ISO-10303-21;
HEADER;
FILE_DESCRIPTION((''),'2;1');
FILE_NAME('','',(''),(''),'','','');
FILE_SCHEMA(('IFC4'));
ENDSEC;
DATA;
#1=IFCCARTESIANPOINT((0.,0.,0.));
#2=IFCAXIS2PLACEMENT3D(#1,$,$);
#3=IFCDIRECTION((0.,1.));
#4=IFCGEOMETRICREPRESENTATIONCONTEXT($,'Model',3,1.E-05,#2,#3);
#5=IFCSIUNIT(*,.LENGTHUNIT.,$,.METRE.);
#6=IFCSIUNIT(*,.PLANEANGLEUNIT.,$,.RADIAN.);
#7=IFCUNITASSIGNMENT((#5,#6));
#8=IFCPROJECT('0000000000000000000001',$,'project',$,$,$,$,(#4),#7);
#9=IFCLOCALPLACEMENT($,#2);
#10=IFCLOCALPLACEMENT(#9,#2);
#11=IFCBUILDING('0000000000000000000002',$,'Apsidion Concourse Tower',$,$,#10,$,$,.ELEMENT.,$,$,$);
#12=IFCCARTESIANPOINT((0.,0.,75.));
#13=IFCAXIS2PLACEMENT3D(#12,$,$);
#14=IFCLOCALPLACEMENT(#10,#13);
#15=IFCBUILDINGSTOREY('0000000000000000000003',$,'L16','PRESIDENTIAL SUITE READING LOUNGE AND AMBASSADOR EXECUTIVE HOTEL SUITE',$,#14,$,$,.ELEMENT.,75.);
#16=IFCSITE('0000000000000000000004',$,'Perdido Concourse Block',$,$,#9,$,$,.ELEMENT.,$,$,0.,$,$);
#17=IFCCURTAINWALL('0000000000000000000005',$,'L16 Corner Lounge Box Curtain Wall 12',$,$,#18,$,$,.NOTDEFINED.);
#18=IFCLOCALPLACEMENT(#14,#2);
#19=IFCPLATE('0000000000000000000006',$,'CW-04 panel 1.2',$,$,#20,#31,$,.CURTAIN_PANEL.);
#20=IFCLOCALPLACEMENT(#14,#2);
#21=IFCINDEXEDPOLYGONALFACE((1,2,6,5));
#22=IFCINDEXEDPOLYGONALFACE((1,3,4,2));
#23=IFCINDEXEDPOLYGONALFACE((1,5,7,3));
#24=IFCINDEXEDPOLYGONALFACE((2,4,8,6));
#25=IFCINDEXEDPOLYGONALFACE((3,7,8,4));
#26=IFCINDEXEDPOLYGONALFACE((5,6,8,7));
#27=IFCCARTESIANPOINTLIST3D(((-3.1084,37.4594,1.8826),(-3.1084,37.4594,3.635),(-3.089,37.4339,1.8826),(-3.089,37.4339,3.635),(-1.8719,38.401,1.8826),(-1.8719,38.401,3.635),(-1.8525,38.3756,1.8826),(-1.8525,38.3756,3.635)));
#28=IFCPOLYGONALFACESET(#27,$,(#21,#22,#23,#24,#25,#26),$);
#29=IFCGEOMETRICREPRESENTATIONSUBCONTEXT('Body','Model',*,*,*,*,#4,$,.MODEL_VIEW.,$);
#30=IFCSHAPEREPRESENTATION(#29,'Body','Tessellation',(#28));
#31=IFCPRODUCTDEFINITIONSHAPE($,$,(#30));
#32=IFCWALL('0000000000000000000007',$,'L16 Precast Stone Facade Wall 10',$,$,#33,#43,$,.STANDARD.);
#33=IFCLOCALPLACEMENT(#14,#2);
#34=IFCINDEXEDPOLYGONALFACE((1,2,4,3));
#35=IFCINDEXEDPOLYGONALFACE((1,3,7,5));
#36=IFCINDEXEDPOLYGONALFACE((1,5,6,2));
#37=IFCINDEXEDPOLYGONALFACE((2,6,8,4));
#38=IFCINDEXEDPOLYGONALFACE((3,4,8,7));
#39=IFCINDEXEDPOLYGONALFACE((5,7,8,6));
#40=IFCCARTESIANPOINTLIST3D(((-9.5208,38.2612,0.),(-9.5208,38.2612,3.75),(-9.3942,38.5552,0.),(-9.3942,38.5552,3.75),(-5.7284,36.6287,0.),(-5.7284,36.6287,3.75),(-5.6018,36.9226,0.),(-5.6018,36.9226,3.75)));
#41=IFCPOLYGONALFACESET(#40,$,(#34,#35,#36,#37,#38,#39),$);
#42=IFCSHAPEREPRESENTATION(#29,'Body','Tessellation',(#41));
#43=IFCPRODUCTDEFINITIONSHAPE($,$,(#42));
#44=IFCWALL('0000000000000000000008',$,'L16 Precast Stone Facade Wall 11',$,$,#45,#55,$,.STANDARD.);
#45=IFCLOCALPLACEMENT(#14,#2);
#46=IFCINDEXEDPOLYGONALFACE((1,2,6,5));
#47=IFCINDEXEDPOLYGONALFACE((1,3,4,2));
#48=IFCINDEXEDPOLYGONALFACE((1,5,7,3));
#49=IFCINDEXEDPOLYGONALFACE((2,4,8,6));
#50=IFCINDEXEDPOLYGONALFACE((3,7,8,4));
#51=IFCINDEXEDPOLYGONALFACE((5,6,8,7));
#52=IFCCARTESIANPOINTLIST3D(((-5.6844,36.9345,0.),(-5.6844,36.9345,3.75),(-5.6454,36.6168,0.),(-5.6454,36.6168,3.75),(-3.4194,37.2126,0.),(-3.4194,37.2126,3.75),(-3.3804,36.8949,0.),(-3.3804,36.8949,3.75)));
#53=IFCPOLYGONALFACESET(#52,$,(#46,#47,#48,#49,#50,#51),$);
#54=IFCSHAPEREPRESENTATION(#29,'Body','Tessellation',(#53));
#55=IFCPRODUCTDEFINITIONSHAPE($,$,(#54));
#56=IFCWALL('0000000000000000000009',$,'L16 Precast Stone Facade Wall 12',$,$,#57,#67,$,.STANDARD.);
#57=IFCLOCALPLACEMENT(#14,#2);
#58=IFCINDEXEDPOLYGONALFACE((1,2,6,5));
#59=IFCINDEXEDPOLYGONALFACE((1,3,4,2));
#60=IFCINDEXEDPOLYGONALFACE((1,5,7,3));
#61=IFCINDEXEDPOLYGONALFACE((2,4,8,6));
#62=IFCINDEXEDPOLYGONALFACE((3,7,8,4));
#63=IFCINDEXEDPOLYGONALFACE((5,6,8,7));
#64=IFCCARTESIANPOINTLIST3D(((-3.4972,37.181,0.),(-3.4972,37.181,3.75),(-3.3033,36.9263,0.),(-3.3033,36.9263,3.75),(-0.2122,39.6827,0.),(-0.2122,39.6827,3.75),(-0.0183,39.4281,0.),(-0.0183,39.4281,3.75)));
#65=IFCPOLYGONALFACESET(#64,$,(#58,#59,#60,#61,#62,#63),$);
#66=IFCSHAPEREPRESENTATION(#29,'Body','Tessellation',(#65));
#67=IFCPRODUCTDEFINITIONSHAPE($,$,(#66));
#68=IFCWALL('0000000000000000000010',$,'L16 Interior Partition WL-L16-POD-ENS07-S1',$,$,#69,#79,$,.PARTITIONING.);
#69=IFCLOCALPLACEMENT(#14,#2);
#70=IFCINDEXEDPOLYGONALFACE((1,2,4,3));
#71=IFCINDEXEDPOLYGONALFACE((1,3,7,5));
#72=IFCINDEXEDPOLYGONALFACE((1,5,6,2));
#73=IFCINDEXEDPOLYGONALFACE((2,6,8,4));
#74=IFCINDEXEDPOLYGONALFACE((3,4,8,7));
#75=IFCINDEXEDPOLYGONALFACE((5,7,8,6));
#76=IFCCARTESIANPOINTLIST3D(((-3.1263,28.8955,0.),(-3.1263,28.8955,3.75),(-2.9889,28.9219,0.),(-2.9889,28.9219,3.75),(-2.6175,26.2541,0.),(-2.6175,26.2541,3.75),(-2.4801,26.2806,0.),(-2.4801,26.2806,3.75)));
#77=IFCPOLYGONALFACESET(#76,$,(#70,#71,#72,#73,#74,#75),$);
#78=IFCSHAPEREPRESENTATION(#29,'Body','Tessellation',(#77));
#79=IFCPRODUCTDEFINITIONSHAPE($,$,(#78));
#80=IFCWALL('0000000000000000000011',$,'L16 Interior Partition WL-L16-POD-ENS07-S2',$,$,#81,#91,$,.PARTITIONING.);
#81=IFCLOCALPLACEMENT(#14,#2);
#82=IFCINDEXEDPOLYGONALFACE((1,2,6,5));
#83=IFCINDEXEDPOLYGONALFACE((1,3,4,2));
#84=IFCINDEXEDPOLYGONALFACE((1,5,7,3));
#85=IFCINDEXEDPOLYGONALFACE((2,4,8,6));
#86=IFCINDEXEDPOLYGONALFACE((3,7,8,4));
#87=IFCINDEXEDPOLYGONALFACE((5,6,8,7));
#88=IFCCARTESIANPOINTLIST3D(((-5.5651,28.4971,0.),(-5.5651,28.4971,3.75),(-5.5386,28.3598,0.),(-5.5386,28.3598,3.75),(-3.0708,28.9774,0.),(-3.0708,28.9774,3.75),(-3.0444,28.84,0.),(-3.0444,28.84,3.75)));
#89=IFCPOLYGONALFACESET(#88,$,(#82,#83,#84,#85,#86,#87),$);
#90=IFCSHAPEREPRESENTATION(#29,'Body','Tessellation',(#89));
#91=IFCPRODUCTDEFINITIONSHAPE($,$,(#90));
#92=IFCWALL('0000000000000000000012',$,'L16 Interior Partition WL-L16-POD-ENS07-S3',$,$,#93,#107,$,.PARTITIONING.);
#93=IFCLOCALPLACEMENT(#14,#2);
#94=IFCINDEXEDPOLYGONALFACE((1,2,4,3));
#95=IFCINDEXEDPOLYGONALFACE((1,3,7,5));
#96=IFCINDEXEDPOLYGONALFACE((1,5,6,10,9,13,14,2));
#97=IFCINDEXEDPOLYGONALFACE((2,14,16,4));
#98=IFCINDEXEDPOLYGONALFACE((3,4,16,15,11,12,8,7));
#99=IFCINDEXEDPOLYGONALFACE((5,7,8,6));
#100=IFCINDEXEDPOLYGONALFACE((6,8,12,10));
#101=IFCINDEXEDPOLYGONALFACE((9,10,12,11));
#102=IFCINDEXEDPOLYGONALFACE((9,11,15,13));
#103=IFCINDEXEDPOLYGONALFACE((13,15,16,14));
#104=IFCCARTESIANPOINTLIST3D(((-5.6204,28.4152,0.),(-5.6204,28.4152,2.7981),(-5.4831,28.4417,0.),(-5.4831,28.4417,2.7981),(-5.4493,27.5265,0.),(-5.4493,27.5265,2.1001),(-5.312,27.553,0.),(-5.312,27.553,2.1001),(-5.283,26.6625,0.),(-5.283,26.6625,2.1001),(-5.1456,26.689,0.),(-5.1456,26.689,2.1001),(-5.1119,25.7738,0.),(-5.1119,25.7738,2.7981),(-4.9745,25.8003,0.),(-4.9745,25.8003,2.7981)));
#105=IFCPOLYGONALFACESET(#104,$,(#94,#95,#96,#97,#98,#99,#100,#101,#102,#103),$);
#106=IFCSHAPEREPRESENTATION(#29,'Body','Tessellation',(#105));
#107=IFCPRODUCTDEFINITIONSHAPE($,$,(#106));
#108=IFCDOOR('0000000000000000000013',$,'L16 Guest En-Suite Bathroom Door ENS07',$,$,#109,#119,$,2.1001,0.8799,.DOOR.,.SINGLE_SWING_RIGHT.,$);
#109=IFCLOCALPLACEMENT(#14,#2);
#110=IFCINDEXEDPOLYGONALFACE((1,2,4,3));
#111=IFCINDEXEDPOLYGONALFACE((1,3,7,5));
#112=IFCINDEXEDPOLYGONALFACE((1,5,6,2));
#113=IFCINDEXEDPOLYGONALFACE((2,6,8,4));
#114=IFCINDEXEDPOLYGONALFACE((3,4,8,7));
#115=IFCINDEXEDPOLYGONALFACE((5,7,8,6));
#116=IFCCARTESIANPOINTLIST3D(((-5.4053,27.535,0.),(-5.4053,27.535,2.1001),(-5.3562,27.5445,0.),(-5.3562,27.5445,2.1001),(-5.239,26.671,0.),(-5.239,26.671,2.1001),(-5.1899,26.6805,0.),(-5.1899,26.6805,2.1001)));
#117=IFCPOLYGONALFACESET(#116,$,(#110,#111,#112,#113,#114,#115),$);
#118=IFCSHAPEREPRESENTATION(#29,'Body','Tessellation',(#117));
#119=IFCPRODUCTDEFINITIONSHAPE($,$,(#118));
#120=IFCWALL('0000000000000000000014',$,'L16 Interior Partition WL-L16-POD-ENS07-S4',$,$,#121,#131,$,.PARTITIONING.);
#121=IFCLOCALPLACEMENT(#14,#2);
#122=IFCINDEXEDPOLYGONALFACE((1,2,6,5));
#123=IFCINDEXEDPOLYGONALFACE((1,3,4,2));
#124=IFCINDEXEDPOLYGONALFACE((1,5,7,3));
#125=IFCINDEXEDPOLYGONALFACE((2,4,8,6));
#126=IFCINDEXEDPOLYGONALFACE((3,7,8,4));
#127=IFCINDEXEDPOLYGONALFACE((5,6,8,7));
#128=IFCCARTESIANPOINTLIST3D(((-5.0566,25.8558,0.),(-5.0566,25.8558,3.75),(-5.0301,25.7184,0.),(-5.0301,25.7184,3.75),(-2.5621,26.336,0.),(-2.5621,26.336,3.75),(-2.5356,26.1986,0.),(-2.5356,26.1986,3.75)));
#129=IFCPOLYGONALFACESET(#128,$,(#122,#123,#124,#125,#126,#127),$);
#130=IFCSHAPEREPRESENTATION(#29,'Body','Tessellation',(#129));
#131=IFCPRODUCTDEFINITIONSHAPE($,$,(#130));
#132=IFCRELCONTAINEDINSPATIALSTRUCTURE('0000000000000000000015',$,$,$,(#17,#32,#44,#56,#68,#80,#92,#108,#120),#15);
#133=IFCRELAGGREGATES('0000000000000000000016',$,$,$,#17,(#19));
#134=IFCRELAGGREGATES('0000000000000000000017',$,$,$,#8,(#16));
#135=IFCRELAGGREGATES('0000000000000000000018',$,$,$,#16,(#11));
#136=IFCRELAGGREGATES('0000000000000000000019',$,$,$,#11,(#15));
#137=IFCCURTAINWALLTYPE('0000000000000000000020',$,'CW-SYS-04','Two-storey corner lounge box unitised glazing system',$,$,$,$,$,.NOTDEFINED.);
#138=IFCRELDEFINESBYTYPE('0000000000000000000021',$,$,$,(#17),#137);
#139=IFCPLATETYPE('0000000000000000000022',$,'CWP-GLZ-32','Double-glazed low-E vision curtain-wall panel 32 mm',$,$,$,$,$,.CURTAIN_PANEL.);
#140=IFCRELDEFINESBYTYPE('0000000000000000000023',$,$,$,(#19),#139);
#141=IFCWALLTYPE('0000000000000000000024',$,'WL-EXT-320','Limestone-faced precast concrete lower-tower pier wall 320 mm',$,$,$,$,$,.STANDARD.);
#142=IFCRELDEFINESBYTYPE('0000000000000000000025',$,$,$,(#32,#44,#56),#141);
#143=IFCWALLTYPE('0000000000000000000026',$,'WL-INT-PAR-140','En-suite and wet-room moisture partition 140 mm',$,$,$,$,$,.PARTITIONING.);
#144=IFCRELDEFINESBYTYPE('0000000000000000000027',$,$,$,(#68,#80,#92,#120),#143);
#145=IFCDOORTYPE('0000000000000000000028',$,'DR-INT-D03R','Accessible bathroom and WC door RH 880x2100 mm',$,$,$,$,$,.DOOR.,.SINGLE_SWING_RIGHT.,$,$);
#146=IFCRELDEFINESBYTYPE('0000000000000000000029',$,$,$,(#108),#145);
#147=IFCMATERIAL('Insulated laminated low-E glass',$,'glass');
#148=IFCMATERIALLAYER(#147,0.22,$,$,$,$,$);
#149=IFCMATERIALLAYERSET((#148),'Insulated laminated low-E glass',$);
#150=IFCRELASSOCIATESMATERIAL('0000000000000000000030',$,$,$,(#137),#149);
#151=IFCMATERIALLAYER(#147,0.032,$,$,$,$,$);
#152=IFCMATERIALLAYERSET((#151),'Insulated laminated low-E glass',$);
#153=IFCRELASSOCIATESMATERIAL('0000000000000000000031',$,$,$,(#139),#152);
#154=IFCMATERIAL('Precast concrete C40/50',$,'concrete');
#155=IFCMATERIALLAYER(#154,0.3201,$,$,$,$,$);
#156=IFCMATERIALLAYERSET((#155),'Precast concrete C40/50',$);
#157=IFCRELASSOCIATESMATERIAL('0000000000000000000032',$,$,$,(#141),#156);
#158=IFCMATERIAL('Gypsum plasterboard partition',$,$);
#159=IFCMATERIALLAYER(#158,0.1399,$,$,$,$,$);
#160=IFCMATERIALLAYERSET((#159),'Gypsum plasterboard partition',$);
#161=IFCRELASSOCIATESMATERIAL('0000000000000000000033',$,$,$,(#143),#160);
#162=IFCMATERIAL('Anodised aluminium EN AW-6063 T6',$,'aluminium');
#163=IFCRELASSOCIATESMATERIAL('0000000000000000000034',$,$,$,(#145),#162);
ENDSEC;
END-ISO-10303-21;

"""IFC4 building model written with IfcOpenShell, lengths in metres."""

from ifc_helpers import new_model, si_unit, direction, frame, frame_2d, origin, origin_2d, place, context, subcontext, project, spatial, rectangle, extrude, material, layer, layer_set, type_object, element, fill, aggregate, save


model = new_model("IFC4")

# Units and contexts
model_context = context("Model", 3, precision=1e-05, world=origin(), true_north=direction((0.0, 1.0)))
body_context = subcontext(model_context, "Body", "Model", "MODEL_VIEW")
ifc_project = project(units=[si_unit("LENGTHUNIT", "METRE"), si_unit("PLANEANGLEUNIT", "RADIAN")], contexts=[model_context])

# Site, building, storey
site_placement = place(None, origin())
site = spatial("IfcSite", under=ifc_project, at=site_placement, Name="Perdido Concourse Block", CompositionType="ELEMENT", RefElevation=0.0)
building_placement = place(site_placement, origin())
building = spatial("IfcBuilding", under=site, at=building_placement, Name="Apsidion Concourse Tower", CompositionType="ELEMENT")
storey_placement = place(building_placement, frame((0.0, 0.0, 75.0)))
storey = spatial("IfcBuildingStorey", under=building, at=storey_placement, Name="L16", Description="PRESIDENTIAL SUITE READING LOUNGE AND AMBASSADOR EXECUTIVE HOTEL SUITE", CompositionType="ELEMENT", Elevation=75.0)

# Curtain wall
ifc_material_1 = material(Name="Insulated laminated low-E glass", Category="glass")
ifc_layer_1 = layer(ifc_material_1, 0.22)
ifc_layer_set_1 = layer_set([ifc_layer_1], Name="Insulated laminated low-E glass")
curtain_wall_type = type_object("IfcCurtainWallType", Name="CW-SYS-04", Description="Two-storey corner lounge box unitised glazing system", PredefinedType="NOTDEFINED", material=ifc_layer_set_1)
ifc_material_2 = material(Name="Anodised aluminium EN AW-6063 T6", Category="aluminium")
curtain_wall_1_placement = place(storey_placement, origin())
curtain_wall_1 = element("IfcCurtainWall", 1, at=curtain_wall_1_placement, inside=storey, type_object=curtain_wall_type, Name="L16 Corner Lounge Box Curtain Wall 12", PredefinedType="NOTDEFINED")

# Plate
ifc_layer_2 = layer(ifc_material_1, 0.032)
ifc_layer_set_2 = layer_set([ifc_layer_2], Name="Insulated laminated low-E glass")
plate_type = type_object("IfcPlateType", Name="CWP-GLZ-32", Description="Double-glazed low-E vision curtain-wall panel 32 mm", PredefinedType="CURTAIN_PANEL", material=ifc_layer_set_2)
plate_1_placement = place(storey_placement, frame((-2.4805, 37.9175, 1.8826), z_axis=(0.0, 0.0, 1.0), x_axis=(0.795564, 0.605869, 0.0)))
plate_1 = element("IfcPlate", 2, at=plate_1_placement, type_object=plate_type, Name="CW-04 panel 1.2", PredefinedType="CURTAIN_PANEL", context=body_context, shape_type="SweptSolid", body=[
    extrude(rectangle(XDim=1.5542, YDim=0.032, at=origin_2d()), origin(), (0.0, 0.0, 1.0), 1.7524),
])
aggregate(curtain_wall_1, [plate_1])

# Walls
ifc_material_3 = material(Name="Precast concrete C40/50", Category="concrete")
ifc_layer_3 = layer(ifc_material_3, 0.3201)
ifc_layer_set_3 = layer_set([ifc_layer_3], Name="Precast concrete C40/50")
wall_type_1 = type_object("IfcWallType", Name="WL-EXT-320", Description="Limestone-faced precast concrete lower-tower pier wall 320 mm", PredefinedType="STANDARD", material=ifc_layer_set_3)
wall_1_placement = place(storey_placement, frame((-9.4575, 38.4082, 0.0), z_axis=(0.0, 0.0, 1.0), x_axis=(0.918511, -0.395396, 0.0)))
element("IfcWall", 3, at=wall_1_placement, inside=storey, type_object=wall_type_1, Name="L16 Precast Stone Facade Wall 10", PredefinedType="STANDARD", context=body_context, shape_type="SweptSolid", body=[
    extrude(rectangle(XDim=4.1289, YDim=0.3201, at=frame_2d((2.0645, 0.0))), origin(), (0.0, 0.0, 1.0), 3.75),
])
wall_2_placement = place(storey_placement, frame((-5.665, 36.7756, 0.0), z_axis=(0.0, 0.0, 1.0), x_axis=(0.992547, 0.121862, 0.0)))
element("IfcWall", 4, at=wall_2_placement, inside=storey, type_object=wall_type_1, Name="L16 Precast Stone Facade Wall 11", PredefinedType="STANDARD", context=body_context, shape_type="SweptSolid", body=[
    extrude(rectangle(XDim=2.282, YDim=0.3201, at=frame_2d((1.1411, 0.0))), origin(), (0.0, 0.0, 1.0), 3.75),
])
wall_3_placement = place(storey_placement, frame((-3.4001, 37.0537, 0.0), z_axis=(0.0, 0.0, 1.0), x_axis=(0.795558, 0.605878, 0.0)))
element("IfcWall", 5, at=wall_3_placement, inside=storey, type_object=wall_type_1, Name="L16 Precast Stone Facade Wall 12", PredefinedType="STANDARD", context=body_context, shape_type="SweptSolid", body=[
    extrude(rectangle(XDim=4.1292, YDim=0.3201, at=frame_2d((2.0645, 0.0))), origin(), (0.0, 0.0, 1.0), 3.75),
])
ifc_material_4 = material(Name="Gypsum plasterboard partition")
ifc_layer_4 = layer(ifc_material_4, 0.1399)
ifc_layer_set_4 = layer_set([ifc_layer_4], Name="Gypsum plasterboard partition")
wall_type_2 = type_object("IfcWallType", Name="WL-INT-PAR-140", Description="En-suite and wet-room moisture partition 140 mm", PredefinedType="PARTITIONING", material=ifc_layer_set_4)
wall_4_placement = place(storey_placement, frame((-2.5488, 26.2673, 0.0), z_axis=(0.0, 0.0, 1.0), x_axis=(-0.189147, 0.981949, 0.0)))
element("IfcWall", 6, at=wall_4_placement, inside=storey, type_object=wall_type_2, Name="L16 Interior Partition WL-L16-POD-ENS07-S1", PredefinedType="PARTITIONING", context=body_context, shape_type="SweptSolid", body=[
    extrude(rectangle(XDim=2.6899, YDim=0.1399, at=frame_2d((1.345, 0.0))), origin(), (0.0, 0.0, 1.0), 3.75),
])
wall_5_placement = place(storey_placement, frame((-3.0576, 28.9087, 0.0), z_axis=(0.0, 0.0, 1.0), x_axis=(-0.981964, -0.189068, 0.0)))
element("IfcWall", 7, at=wall_5_placement, inside=storey, type_object=wall_type_2, Name="L16 Interior Partition WL-L16-POD-ENS07-S2", PredefinedType="PARTITIONING", context=body_context, shape_type="SweptSolid", body=[
    extrude(rectangle(XDim=2.54, YDim=0.1399, at=frame_2d((1.27, 0.0))), origin(), (0.0, 0.0, 1.0), 3.75),
])

# Wall, opening, door
wall_6_placement = place(storey_placement, frame((-5.5518, 28.4285, 0.0), z_axis=(0.0, 0.0, 1.0), x_axis=(0.189059, -0.981966, 0.0)))
wall_6 = element("IfcWall", 8, at=wall_6_placement, inside=storey, type_object=wall_type_2, Name="L16 Interior Partition WL-L16-POD-ENS07-S3", PredefinedType="PARTITIONING", context=body_context, shape_type="SweptSolid", body=[
    extrude(rectangle(XDim=2.6899, YDim=0.1399, at=frame_2d((1.345, 0.0))), origin(), (0.0, 0.0, 1.0), 2.7981),
])
opening_placement = place(wall_6_placement, frame((0.905, 0.0, 0.0)))
opening = element("IfcOpeningElement", 9, at=opening_placement, cuts=wall_6, PredefinedType="OPENING", context=body_context, shape_type="SweptSolid", body=[
    extrude(rectangle(XDim=0.8799, YDim=2.1001, at=frame_2d((0.4399, 1.05))), frame((0.0, 0.0801, 0.0), z_axis=(0.0, -1.0, 0.0), x_axis=(1.0, 0.0, 0.0)), (0.0, 0.0, 1.0), 0.1599),
])
door_type = type_object("IfcDoorType", Name="DR-INT-D03R", Description="Accessible bathroom and WC door RH 880x2100 mm", OperationType="SINGLE_SWING_RIGHT", PredefinedType="DOOR", material=ifc_material_2)
door_placement = place(opening_placement, origin())
door = element("IfcDoor", 10, at=door_placement, inside=storey, type_object=door_type, Name="L16 Guest En-Suite Bathroom Door ENS07", OperationType="SINGLE_SWING_RIGHT", OverallHeight=2.1001, OverallWidth=0.8799, PredefinedType="DOOR", context=body_context, shape_type="SweptSolid", body=[
    extrude(rectangle(XDim=0.8799, YDim=2.1001, at=frame_2d((0.4399, 1.05))), frame((0.0, 0.0249, 0.0), z_axis=(0.0, -1.0, 0.0), x_axis=(1.0, 0.0, 0.0)), (0.0, 0.0, 1.0), 0.05),
])
fill(opening, door)

# Wall
wall_7_placement = place(storey_placement, frame((-5.0432, 25.7871, 0.0), z_axis=(0.0, 0.0, 1.0), x_axis=(0.981967, 0.189051, 0.0)))
element("IfcWall", 11, at=wall_7_placement, inside=storey, type_object=wall_type_2, Name="L16 Interior Partition WL-L16-POD-ENS07-S4", PredefinedType="PARTITIONING", context=body_context, shape_type="SweptSolid", body=[
    extrude(rectangle(XDim=2.5403, YDim=0.1399, at=frame_2d((1.27, 0.0))), origin(), (0.0, 0.0, 1.0), 3.75),
])

save(model, "model.ifc")
